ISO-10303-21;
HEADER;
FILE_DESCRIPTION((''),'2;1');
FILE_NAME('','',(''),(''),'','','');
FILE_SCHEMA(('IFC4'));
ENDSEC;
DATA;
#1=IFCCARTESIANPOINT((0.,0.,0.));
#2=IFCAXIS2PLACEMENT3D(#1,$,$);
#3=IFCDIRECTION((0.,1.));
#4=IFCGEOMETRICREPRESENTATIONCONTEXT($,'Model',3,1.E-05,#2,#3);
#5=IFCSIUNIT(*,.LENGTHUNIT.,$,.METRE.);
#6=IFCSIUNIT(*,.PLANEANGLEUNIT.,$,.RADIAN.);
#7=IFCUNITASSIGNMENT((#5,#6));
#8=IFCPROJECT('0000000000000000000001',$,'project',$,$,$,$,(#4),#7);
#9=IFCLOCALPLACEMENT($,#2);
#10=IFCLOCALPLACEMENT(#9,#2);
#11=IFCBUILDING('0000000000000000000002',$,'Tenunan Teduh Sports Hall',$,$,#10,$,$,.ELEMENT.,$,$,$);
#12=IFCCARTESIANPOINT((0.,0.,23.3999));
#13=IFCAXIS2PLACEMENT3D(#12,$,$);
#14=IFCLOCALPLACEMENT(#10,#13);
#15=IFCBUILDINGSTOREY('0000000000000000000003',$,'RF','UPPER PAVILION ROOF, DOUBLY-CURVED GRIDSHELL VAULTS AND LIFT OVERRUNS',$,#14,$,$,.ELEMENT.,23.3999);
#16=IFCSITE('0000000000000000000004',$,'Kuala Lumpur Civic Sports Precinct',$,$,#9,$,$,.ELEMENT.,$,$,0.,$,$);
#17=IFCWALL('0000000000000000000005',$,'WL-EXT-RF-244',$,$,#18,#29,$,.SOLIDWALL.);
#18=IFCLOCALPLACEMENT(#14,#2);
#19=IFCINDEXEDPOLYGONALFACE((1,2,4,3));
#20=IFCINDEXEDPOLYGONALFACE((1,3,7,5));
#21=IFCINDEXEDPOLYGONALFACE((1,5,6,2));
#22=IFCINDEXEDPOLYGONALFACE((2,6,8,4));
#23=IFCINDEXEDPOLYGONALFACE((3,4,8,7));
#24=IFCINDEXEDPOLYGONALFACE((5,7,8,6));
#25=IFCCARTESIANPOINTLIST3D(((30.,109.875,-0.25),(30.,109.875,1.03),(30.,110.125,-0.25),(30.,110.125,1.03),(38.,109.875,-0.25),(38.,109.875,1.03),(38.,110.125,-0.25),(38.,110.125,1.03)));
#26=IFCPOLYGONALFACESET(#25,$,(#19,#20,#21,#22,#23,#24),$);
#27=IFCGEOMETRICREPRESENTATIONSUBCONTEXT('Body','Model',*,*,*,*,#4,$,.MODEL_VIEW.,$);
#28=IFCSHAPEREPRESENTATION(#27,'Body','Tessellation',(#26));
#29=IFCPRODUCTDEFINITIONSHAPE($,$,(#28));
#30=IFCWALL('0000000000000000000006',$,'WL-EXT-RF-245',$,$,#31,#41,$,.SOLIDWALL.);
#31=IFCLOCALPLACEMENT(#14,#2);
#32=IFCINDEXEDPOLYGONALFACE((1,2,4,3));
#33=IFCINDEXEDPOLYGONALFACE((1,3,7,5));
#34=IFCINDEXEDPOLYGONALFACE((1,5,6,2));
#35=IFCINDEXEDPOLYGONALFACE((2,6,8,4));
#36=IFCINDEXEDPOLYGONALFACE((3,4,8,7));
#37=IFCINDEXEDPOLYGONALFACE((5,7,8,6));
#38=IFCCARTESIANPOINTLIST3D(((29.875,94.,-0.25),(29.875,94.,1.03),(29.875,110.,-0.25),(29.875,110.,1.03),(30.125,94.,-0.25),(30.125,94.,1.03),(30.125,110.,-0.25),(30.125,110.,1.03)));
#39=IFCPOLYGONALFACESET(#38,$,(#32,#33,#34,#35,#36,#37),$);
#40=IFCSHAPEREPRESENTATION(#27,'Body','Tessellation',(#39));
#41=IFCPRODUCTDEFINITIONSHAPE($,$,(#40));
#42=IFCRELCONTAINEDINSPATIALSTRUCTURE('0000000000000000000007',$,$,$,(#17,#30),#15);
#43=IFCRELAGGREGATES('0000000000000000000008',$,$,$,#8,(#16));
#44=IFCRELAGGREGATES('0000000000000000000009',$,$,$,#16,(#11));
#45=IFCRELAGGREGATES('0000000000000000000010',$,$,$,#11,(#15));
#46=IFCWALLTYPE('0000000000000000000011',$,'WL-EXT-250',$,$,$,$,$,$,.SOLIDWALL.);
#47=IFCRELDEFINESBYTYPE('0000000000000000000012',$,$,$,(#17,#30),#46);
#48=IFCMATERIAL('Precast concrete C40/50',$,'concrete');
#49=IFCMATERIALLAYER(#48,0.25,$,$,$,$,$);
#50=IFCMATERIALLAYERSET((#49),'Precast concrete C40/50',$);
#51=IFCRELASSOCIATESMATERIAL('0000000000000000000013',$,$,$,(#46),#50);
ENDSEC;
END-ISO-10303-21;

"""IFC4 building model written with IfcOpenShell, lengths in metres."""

from ifc_helpers import new_model, si_unit, direction, frame, frame_2d, origin, place, context, subcontext, project, spatial, rectangle, extrude, material, layer, layer_set, type_object, element, save


model = new_model("IFC4")

# Units and contexts
model_context = context("Model", 3, precision=1e-05, world=origin(), true_north=direction((0.0, 1.0)))
body_context = subcontext(model_context, "Body", "Model", "MODEL_VIEW")
ifc_project = project(units=[si_unit("LENGTHUNIT", "METRE"), si_unit("PLANEANGLEUNIT", "RADIAN")], contexts=[model_context])

# Site, building, storey
site_placement = place(None, origin())
site = spatial("IfcSite", under=ifc_project, at=site_placement, Name="Kuala Lumpur Civic Sports Precinct", CompositionType="ELEMENT", RefElevation=0.0)
building_placement = place(site_placement, origin())
building = spatial("IfcBuilding", under=site, at=building_placement, Name="Tenunan Teduh Sports Hall", CompositionType="ELEMENT")
storey_placement = place(building_placement, frame((0.0, 0.0, 23.3999)))
storey = spatial("IfcBuildingStorey", under=building, at=storey_placement, Name="RF", Description="UPPER PAVILION ROOF, DOUBLY-CURVED GRIDSHELL VAULTS AND LIFT OVERRUNS", CompositionType="ELEMENT", Elevation=23.3999)

# Walls
ifc_material_1 = material(Name="Precast concrete C40/50", Category="concrete")
ifc_layer = layer(ifc_material_1, 0.25)
ifc_layer_set = layer_set([ifc_layer], Name="Precast concrete C40/50")
wall_type = type_object("IfcWallType", Name="WL-EXT-250", PredefinedType="SOLIDWALL", material=ifc_layer_set)
wall_1_placement = place(storey_placement, frame((38.0, 110.0, -0.25), z_axis=(0.0, 0.0, 1.0), x_axis=(-1.0, 0.0, 0.0)))
element("IfcWall", 1, at=wall_1_placement, inside=storey, type_object=wall_type, Name="WL-EXT-RF-244", PredefinedType="SOLIDWALL", context=body_context, shape_type="SweptSolid", body=[
    extrude(rectangle(XDim=8.0, YDim=0.25, at=frame_2d((4.0, 0.0))), origin(), (0.0, 0.0, 1.0), 1.28),
])
wall_2_placement = place(storey_placement, frame((30.0, 110.0, -0.25), z_axis=(0.0, 0.0, 1.0), x_axis=(0.0, -1.0, 0.0)))
element("IfcWall", 2, at=wall_2_placement, inside=storey, type_object=wall_type, Name="WL-EXT-RF-245", PredefinedType="SOLIDWALL", context=body_context, shape_type="SweptSolid", body=[
    extrude(rectangle(XDim=16.0, YDim=0.25, at=frame_2d((8.0, 0.0))), origin(), (0.0, 0.0, 1.0), 1.28),
])

save(model, "model.ifc")
